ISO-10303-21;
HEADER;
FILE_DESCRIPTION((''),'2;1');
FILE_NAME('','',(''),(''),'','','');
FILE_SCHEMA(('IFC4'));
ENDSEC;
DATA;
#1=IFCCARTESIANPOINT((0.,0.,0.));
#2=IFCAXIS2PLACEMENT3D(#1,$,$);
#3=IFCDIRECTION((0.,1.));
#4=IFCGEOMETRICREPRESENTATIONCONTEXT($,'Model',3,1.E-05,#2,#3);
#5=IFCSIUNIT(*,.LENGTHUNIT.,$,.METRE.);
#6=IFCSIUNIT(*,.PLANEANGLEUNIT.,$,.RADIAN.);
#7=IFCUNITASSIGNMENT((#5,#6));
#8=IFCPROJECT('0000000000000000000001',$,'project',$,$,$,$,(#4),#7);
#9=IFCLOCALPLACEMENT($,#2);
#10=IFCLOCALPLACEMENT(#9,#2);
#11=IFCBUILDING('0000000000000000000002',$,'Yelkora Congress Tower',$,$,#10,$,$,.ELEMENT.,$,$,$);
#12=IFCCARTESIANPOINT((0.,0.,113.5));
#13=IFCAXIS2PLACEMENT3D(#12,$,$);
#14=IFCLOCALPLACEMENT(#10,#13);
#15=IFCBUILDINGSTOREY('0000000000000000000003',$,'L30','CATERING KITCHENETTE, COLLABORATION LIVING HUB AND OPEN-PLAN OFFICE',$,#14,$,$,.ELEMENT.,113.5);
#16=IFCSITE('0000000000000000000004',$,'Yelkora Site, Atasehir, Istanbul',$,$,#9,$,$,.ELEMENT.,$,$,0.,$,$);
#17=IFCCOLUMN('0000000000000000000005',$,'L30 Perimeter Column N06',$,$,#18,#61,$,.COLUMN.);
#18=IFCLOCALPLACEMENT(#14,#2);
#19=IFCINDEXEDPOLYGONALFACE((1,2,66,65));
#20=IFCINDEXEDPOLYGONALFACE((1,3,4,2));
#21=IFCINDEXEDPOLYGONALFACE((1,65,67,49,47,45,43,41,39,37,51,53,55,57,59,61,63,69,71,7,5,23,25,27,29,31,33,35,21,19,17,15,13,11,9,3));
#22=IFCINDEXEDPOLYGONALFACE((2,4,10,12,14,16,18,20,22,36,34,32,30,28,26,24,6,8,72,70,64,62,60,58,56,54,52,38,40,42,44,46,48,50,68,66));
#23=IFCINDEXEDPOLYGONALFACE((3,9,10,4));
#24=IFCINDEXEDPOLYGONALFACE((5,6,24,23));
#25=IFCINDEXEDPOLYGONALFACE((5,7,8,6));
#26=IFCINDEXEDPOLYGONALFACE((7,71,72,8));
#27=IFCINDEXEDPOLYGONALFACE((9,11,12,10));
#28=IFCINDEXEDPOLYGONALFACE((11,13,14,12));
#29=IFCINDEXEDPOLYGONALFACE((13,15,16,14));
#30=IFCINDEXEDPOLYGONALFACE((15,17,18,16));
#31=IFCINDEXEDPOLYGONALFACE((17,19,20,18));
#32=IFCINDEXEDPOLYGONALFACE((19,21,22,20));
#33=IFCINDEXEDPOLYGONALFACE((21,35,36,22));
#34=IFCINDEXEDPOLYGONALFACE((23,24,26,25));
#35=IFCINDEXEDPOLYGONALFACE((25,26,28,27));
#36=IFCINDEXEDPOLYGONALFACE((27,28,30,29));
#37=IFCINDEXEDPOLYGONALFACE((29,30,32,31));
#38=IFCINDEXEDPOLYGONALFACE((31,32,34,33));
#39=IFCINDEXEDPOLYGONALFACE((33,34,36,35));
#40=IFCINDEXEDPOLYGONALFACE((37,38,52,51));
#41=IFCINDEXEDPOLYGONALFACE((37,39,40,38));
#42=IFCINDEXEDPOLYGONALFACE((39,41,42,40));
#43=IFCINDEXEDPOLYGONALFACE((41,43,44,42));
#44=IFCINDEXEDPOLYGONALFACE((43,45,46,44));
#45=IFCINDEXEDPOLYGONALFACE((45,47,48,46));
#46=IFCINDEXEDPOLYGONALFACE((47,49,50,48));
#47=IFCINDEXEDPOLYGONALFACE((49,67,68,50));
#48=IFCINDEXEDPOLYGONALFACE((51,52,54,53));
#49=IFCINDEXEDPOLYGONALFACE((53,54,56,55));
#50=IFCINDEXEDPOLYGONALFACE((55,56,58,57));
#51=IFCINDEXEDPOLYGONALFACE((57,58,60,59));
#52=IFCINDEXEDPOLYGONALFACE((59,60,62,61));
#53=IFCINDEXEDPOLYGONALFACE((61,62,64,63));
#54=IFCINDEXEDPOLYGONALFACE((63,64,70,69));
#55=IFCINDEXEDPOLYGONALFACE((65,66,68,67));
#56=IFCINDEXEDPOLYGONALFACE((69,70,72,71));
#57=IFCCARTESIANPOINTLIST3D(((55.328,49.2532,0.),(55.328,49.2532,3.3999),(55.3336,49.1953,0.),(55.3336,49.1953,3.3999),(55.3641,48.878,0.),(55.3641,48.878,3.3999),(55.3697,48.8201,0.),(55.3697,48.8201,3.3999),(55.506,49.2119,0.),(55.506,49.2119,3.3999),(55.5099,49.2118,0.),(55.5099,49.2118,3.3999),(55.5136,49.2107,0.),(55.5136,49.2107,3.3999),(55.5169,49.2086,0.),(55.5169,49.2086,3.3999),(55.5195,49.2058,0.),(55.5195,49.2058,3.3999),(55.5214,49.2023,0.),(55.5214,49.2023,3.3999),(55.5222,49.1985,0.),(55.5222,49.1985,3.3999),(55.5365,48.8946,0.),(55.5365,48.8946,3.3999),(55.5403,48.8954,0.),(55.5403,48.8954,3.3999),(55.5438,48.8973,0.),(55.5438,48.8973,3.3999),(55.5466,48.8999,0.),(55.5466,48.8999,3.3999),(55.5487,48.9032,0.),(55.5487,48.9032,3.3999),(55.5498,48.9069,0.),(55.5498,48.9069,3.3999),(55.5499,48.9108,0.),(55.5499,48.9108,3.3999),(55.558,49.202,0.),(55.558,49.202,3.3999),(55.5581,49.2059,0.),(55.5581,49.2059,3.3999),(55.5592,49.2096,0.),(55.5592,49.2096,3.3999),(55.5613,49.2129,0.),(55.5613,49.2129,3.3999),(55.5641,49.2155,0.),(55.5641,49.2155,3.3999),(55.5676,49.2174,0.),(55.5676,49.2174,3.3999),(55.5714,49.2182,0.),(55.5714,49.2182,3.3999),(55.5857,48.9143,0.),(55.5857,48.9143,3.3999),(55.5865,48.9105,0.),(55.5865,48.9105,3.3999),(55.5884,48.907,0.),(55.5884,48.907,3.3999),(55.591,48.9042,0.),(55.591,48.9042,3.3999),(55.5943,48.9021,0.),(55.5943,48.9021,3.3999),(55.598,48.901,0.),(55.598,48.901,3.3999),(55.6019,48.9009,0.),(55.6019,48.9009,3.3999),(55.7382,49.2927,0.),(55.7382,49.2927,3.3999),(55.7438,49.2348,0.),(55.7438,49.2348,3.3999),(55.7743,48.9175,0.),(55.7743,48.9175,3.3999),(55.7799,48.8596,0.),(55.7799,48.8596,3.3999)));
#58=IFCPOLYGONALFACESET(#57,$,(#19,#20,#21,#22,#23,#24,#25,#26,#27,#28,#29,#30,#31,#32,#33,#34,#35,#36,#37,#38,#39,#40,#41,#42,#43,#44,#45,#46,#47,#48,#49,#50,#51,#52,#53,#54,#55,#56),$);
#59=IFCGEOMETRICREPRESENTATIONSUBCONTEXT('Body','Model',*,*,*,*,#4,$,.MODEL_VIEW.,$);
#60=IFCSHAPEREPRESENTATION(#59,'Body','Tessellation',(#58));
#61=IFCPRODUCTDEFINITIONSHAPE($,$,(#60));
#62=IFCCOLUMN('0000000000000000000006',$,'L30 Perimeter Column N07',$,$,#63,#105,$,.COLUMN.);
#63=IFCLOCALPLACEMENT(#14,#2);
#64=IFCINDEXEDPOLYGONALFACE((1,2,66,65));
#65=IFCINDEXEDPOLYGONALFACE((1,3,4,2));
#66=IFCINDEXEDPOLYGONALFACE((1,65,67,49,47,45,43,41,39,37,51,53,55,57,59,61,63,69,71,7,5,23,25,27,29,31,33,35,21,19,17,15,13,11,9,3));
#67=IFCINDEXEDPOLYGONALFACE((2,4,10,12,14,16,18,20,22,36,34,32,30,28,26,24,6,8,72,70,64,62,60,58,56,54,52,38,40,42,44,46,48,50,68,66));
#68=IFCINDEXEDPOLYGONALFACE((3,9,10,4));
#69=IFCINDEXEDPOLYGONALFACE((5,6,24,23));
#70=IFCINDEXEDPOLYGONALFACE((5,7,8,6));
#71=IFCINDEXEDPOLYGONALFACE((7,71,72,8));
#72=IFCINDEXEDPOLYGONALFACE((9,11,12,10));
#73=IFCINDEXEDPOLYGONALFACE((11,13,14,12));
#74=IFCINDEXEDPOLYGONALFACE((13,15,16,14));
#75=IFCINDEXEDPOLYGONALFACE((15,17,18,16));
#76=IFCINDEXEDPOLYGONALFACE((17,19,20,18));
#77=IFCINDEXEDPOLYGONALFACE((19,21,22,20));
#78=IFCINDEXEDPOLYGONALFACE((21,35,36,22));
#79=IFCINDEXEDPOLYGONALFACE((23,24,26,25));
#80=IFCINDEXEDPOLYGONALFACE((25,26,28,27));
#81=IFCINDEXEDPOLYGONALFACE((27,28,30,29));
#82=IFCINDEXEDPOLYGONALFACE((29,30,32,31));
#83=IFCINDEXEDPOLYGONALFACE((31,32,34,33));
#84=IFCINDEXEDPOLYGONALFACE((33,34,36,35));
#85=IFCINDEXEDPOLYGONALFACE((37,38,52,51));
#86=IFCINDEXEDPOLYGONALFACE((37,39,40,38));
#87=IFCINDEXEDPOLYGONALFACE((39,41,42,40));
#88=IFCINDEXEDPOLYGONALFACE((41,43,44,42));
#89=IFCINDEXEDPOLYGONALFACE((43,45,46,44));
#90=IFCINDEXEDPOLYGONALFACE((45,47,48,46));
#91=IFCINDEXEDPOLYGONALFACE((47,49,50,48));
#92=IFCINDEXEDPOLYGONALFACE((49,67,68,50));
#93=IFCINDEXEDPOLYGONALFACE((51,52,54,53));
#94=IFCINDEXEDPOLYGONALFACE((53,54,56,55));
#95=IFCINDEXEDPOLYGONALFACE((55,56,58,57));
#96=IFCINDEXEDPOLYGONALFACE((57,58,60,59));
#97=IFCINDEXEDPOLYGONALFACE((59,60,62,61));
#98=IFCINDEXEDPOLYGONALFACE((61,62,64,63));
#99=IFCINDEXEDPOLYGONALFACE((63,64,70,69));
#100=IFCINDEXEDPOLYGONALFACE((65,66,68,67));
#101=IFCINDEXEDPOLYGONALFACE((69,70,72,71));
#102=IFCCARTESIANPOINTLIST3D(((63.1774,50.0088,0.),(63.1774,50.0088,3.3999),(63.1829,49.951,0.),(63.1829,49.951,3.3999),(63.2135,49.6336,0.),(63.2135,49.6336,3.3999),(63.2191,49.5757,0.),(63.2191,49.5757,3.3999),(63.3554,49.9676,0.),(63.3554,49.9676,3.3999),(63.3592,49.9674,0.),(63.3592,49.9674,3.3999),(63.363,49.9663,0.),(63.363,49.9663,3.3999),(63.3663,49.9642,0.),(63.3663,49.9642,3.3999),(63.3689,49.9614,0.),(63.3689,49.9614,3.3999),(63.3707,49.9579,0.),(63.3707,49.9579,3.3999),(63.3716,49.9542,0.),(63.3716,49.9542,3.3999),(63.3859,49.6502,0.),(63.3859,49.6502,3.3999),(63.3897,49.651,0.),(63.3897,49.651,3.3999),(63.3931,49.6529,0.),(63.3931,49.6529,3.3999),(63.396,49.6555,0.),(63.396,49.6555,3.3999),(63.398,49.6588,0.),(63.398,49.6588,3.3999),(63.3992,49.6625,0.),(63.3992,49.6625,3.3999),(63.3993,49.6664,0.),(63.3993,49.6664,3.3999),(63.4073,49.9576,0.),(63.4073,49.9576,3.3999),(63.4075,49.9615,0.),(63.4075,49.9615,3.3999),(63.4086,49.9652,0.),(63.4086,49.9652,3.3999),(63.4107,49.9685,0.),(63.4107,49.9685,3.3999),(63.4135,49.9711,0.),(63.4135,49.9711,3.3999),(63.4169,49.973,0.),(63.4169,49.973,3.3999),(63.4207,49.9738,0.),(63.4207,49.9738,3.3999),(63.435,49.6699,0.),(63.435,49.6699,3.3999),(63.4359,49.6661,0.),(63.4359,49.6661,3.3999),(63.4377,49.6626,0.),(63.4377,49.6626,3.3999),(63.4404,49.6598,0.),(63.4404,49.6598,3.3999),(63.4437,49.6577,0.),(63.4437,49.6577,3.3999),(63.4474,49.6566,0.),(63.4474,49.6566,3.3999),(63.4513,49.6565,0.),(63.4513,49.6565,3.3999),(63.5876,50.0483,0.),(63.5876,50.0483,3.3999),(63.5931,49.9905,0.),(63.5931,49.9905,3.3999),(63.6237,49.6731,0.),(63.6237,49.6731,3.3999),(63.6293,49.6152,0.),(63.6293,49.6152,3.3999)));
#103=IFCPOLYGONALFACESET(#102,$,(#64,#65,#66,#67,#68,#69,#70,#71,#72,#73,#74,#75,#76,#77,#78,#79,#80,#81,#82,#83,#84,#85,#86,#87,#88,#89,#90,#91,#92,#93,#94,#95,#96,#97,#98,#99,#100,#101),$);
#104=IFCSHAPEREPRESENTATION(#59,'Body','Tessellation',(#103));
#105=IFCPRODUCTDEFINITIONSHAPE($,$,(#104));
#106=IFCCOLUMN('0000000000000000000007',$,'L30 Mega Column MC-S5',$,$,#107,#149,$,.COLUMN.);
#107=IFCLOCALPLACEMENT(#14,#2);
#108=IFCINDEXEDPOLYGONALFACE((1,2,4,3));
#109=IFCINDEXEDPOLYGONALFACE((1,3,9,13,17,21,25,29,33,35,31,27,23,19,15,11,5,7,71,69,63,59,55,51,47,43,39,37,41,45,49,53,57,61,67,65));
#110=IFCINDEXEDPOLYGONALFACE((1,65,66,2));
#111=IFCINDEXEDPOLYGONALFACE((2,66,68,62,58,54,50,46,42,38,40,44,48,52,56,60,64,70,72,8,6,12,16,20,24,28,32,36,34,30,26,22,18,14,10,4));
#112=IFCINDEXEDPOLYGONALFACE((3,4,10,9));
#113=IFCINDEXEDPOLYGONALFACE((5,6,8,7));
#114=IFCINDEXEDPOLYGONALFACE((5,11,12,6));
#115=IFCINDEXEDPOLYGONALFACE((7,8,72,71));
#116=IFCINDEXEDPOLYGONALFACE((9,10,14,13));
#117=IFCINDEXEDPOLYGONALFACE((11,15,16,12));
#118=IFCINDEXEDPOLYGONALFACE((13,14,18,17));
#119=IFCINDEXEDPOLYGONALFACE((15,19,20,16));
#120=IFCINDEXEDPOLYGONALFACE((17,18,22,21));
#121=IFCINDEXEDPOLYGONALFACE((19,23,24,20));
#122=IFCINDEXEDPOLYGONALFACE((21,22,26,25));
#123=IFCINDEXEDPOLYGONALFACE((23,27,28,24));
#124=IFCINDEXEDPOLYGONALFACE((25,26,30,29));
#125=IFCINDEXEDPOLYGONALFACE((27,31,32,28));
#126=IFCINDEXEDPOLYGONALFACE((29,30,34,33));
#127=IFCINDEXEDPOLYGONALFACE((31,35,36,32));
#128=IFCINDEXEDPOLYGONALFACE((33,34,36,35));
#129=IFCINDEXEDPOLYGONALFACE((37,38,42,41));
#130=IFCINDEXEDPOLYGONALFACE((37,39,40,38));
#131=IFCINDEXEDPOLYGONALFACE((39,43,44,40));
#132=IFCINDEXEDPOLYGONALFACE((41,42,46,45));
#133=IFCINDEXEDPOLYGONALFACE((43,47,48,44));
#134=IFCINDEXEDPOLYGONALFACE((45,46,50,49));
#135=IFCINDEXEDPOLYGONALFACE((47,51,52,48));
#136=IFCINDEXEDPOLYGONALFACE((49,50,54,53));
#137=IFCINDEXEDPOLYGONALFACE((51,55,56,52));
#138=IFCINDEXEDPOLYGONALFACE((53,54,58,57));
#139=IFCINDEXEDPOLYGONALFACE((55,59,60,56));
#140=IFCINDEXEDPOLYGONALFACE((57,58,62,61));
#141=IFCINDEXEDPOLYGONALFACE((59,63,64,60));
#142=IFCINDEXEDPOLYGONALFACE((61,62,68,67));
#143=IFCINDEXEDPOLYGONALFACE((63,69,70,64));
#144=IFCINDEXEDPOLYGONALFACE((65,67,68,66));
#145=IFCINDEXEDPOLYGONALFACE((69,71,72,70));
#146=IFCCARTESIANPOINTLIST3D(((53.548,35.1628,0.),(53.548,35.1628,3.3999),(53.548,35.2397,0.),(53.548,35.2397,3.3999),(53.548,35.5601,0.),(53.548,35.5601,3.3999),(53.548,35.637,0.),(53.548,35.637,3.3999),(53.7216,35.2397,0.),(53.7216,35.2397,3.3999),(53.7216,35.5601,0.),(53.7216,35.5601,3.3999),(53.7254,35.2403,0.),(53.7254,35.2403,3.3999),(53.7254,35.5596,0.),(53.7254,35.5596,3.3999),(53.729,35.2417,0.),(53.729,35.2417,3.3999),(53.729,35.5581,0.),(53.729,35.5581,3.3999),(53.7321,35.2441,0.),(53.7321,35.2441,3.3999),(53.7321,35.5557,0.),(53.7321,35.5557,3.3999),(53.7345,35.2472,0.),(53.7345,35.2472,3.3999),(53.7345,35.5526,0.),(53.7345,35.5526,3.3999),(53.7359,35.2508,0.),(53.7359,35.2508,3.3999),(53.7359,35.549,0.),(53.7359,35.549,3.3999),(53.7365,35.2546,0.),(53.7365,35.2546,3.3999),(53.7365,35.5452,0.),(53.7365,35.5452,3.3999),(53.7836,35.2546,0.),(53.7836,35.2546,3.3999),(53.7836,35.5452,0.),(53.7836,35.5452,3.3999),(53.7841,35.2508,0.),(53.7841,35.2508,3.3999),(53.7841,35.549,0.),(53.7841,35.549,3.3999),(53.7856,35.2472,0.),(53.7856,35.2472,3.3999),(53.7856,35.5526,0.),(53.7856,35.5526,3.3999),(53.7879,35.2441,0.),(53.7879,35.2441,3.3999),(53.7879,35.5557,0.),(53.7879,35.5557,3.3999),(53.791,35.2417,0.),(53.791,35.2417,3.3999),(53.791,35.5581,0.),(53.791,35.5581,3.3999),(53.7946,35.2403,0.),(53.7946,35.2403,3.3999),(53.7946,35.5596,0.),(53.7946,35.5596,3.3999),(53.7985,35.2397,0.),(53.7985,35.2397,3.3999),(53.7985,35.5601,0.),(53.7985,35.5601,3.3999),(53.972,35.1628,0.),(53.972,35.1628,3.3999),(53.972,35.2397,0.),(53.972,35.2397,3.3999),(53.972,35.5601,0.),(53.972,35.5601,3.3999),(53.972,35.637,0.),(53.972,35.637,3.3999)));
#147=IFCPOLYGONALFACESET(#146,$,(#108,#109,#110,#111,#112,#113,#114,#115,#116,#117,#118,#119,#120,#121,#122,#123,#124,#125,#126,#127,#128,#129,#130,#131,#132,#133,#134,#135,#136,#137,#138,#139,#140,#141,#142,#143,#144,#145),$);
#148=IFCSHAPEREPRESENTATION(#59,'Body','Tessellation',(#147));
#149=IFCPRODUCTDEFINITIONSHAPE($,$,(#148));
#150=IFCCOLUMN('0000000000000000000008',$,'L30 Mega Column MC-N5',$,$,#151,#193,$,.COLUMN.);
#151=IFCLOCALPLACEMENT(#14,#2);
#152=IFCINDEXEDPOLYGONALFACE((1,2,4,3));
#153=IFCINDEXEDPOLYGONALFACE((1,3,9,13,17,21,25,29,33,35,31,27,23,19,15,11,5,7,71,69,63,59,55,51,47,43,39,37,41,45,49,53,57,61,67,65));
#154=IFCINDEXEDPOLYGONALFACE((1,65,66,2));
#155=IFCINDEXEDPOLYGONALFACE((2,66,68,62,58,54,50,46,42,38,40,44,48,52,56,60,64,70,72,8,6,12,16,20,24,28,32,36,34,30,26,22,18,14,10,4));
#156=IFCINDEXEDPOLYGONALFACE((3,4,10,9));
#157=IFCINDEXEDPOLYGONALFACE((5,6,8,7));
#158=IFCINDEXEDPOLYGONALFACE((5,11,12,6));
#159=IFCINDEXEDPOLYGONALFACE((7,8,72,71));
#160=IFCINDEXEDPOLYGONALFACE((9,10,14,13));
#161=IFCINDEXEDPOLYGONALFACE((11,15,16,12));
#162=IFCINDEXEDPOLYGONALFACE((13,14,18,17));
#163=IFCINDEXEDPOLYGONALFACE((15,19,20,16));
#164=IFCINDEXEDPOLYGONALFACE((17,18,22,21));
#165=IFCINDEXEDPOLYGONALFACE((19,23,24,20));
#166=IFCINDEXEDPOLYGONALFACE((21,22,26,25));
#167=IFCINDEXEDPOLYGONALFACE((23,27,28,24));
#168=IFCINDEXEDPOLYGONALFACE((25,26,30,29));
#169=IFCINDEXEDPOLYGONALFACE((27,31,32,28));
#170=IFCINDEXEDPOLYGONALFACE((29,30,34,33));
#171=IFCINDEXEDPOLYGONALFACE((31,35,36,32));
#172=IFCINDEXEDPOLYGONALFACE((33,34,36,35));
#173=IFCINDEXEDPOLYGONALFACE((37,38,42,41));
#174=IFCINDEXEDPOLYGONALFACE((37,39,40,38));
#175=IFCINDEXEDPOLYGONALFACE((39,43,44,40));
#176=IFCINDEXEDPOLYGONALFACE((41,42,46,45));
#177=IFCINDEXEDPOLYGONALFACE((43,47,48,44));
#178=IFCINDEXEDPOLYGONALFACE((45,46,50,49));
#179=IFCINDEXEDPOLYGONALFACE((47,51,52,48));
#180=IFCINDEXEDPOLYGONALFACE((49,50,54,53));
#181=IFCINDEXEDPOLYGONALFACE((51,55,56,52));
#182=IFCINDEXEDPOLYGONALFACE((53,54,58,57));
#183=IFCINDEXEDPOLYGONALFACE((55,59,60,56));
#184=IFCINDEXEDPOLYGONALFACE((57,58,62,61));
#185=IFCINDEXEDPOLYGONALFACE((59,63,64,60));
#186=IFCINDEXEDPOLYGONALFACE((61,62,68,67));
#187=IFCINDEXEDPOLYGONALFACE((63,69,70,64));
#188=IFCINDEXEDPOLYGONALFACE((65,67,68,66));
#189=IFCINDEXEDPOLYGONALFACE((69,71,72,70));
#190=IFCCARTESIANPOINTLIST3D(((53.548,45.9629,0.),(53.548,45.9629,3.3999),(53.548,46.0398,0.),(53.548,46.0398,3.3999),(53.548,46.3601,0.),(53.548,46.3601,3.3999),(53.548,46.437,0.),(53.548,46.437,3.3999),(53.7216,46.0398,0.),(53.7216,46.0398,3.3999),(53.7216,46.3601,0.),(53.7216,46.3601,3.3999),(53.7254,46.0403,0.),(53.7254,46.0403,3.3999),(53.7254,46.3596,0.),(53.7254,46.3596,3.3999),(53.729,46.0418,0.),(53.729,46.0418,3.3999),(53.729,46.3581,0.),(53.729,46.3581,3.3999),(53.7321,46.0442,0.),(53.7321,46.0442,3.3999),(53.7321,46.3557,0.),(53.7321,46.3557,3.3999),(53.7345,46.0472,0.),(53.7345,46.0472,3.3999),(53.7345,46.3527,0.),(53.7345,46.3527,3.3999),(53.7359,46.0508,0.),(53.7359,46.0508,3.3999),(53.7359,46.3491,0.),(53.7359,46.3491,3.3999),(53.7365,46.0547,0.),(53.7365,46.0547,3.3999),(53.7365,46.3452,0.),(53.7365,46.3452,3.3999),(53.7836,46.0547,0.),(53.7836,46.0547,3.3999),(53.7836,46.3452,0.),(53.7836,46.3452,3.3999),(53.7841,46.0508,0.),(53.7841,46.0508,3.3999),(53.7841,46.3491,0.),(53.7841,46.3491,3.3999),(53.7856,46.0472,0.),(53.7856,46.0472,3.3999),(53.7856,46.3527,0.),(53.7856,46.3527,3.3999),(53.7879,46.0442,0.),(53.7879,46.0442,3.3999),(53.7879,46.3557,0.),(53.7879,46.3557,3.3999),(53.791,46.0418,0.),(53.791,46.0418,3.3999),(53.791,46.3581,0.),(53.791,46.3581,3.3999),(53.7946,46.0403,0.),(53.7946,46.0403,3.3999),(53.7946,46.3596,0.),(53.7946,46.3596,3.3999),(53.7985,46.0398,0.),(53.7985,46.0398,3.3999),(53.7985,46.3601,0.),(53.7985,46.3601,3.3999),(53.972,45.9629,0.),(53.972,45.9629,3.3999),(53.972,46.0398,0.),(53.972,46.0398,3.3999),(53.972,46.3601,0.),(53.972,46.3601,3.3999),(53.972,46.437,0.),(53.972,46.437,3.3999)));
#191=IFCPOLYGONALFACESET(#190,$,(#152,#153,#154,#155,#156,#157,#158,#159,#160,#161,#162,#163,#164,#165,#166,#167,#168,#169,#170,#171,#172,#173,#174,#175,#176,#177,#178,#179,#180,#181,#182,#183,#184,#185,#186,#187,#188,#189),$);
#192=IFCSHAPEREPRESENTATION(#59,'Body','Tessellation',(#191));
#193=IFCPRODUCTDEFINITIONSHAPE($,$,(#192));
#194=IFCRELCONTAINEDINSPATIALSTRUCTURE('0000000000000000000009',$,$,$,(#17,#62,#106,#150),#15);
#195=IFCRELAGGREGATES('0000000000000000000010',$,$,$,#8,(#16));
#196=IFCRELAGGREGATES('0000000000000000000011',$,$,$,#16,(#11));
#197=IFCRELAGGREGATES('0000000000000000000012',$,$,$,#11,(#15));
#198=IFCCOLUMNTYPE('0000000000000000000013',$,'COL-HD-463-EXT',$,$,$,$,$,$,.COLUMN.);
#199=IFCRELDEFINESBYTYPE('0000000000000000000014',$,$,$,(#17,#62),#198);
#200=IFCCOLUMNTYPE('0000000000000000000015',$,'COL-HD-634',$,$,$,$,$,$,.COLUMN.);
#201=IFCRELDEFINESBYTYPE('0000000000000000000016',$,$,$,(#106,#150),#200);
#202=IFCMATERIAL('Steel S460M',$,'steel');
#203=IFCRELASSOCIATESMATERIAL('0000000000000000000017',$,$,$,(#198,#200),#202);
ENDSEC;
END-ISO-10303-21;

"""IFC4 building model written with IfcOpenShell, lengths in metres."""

from ifc_helpers import new_model, si_unit, direction, frame, origin, origin_2d, place, context, subcontext, project, spatial, i_section, extrude, material, material_profile, profile_set, type_object, element, save


model = new_model("IFC4")

# Units and contexts
model_context = context("Model", 3, precision=1e-05, world=origin(), true_north=direction((0.0, 1.0)))
body_context = subcontext(model_context, "Body", "Model", "MODEL_VIEW")
ifc_project = project(units=[si_unit("LENGTHUNIT", "METRE"), si_unit("PLANEANGLEUNIT", "RADIAN")], contexts=[model_context])

# Site, building, storey
site_placement = place(None, origin())
site = spatial("IfcSite", under=ifc_project, at=site_placement, Name="Yelkora Site, Atasehir, Istanbul", CompositionType="ELEMENT", RefElevation=0.0)
building_placement = place(site_placement, origin())
building = spatial("IfcBuilding", under=site, at=building_placement, Name="Yelkora Congress Tower", CompositionType="ELEMENT")
storey_placement = place(building_placement, frame((0.0, 0.0, 113.5)))
storey = spatial("IfcBuildingStorey", under=building, at=storey_placement, Name="L30", Description="CATERING KITCHENETTE, COLLABORATION LIVING HUB AND OPEN-PLAN OFFICE", CompositionType="ELEMENT", Elevation=113.5)

# Columns
ifc_material_1 = material(Name="Steel S460M", Category="steel")
ifc_material_profile_1 = material_profile(ifc_material_1, i_section(OverallWidth=0.4121, OverallDepth=0.4351, WebThickness=0.0359, FlangeThickness=0.0581, FilletRadius=0.0149, at=origin_2d()), Name="HD 400x463")
ifc_profile_set_1 = profile_set([ifc_material_profile_1], Name="Steel S460M")
column_type_1 = type_object("IfcColumnType", Name="COL-HD-463-EXT", PredefinedType="COLUMN", material=ifc_profile_set_1)
for number, where, z_axis, x_axis, name in (
    (1, (55.554, 49.0564, 0.0), (0.0, 0.0, 1.0), (0.995396, 0.095846, 0.0), "L30 Perimeter Column N06"),
    (2, (63.4033, 49.812, 0.0), (0.0, 0.0, 1.0), (0.995396, 0.095846, 0.0), "L30 Perimeter Column N07"),
):
    element("IfcColumn", number, at=place(storey_placement, frame(where, z_axis=z_axis, x_axis=x_axis)), inside=storey, type_object=column_type_1, Name=name, PredefinedType="COLUMN", context=body_context, shape_type="SweptSolid", body=[
        extrude(i_section(OverallWidth=0.4121, OverallDepth=0.4351, WebThickness=0.0359, FlangeThickness=0.0581, FilletRadius=0.0149, at=origin_2d()), origin(), (0.0, 0.0, 1.0), 3.3999),
    ])
ifc_material_profile_2 = material_profile(ifc_material_1, i_section(OverallWidth=0.4241, OverallDepth=0.4741, WebThickness=0.0471, FlangeThickness=0.0769, FilletRadius=0.0149, at=origin_2d()), Name="HD 400x634")
ifc_profile_set_2 = profile_set([ifc_material_profile_2], Name="Steel S460M")
column_type_2 = type_object("IfcColumnType", Name="COL-HD-634", PredefinedType="COLUMN", material=ifc_profile_set_2)
for number, where, z_axis, x_axis, name in (
    (3, (53.76, 35.3999, 0.0), (0.0, 0.0, 1.0), (1.0, 0.0, 0.0), "L30 Mega Column MC-S5"),
    (4, (53.76, 46.2, 0.0), (0.0, 0.0, 1.0), (1.0, 0.0, 0.0), "L30 Mega Column MC-N5"),
):
    element("IfcColumn", number, at=place(storey_placement, frame(where, z_axis=z_axis, x_axis=x_axis)), inside=storey, type_object=column_type_2, Name=name, PredefinedType="COLUMN", context=body_context, shape_type="SweptSolid", body=[
        extrude(i_section(OverallWidth=0.4241, OverallDepth=0.4741, WebThickness=0.0471, FlangeThickness=0.0769, FilletRadius=0.0149, at=origin_2d()), origin(), (0.0, 0.0, 1.0), 3.3999),
    ])

save(model, "model.ifc")
